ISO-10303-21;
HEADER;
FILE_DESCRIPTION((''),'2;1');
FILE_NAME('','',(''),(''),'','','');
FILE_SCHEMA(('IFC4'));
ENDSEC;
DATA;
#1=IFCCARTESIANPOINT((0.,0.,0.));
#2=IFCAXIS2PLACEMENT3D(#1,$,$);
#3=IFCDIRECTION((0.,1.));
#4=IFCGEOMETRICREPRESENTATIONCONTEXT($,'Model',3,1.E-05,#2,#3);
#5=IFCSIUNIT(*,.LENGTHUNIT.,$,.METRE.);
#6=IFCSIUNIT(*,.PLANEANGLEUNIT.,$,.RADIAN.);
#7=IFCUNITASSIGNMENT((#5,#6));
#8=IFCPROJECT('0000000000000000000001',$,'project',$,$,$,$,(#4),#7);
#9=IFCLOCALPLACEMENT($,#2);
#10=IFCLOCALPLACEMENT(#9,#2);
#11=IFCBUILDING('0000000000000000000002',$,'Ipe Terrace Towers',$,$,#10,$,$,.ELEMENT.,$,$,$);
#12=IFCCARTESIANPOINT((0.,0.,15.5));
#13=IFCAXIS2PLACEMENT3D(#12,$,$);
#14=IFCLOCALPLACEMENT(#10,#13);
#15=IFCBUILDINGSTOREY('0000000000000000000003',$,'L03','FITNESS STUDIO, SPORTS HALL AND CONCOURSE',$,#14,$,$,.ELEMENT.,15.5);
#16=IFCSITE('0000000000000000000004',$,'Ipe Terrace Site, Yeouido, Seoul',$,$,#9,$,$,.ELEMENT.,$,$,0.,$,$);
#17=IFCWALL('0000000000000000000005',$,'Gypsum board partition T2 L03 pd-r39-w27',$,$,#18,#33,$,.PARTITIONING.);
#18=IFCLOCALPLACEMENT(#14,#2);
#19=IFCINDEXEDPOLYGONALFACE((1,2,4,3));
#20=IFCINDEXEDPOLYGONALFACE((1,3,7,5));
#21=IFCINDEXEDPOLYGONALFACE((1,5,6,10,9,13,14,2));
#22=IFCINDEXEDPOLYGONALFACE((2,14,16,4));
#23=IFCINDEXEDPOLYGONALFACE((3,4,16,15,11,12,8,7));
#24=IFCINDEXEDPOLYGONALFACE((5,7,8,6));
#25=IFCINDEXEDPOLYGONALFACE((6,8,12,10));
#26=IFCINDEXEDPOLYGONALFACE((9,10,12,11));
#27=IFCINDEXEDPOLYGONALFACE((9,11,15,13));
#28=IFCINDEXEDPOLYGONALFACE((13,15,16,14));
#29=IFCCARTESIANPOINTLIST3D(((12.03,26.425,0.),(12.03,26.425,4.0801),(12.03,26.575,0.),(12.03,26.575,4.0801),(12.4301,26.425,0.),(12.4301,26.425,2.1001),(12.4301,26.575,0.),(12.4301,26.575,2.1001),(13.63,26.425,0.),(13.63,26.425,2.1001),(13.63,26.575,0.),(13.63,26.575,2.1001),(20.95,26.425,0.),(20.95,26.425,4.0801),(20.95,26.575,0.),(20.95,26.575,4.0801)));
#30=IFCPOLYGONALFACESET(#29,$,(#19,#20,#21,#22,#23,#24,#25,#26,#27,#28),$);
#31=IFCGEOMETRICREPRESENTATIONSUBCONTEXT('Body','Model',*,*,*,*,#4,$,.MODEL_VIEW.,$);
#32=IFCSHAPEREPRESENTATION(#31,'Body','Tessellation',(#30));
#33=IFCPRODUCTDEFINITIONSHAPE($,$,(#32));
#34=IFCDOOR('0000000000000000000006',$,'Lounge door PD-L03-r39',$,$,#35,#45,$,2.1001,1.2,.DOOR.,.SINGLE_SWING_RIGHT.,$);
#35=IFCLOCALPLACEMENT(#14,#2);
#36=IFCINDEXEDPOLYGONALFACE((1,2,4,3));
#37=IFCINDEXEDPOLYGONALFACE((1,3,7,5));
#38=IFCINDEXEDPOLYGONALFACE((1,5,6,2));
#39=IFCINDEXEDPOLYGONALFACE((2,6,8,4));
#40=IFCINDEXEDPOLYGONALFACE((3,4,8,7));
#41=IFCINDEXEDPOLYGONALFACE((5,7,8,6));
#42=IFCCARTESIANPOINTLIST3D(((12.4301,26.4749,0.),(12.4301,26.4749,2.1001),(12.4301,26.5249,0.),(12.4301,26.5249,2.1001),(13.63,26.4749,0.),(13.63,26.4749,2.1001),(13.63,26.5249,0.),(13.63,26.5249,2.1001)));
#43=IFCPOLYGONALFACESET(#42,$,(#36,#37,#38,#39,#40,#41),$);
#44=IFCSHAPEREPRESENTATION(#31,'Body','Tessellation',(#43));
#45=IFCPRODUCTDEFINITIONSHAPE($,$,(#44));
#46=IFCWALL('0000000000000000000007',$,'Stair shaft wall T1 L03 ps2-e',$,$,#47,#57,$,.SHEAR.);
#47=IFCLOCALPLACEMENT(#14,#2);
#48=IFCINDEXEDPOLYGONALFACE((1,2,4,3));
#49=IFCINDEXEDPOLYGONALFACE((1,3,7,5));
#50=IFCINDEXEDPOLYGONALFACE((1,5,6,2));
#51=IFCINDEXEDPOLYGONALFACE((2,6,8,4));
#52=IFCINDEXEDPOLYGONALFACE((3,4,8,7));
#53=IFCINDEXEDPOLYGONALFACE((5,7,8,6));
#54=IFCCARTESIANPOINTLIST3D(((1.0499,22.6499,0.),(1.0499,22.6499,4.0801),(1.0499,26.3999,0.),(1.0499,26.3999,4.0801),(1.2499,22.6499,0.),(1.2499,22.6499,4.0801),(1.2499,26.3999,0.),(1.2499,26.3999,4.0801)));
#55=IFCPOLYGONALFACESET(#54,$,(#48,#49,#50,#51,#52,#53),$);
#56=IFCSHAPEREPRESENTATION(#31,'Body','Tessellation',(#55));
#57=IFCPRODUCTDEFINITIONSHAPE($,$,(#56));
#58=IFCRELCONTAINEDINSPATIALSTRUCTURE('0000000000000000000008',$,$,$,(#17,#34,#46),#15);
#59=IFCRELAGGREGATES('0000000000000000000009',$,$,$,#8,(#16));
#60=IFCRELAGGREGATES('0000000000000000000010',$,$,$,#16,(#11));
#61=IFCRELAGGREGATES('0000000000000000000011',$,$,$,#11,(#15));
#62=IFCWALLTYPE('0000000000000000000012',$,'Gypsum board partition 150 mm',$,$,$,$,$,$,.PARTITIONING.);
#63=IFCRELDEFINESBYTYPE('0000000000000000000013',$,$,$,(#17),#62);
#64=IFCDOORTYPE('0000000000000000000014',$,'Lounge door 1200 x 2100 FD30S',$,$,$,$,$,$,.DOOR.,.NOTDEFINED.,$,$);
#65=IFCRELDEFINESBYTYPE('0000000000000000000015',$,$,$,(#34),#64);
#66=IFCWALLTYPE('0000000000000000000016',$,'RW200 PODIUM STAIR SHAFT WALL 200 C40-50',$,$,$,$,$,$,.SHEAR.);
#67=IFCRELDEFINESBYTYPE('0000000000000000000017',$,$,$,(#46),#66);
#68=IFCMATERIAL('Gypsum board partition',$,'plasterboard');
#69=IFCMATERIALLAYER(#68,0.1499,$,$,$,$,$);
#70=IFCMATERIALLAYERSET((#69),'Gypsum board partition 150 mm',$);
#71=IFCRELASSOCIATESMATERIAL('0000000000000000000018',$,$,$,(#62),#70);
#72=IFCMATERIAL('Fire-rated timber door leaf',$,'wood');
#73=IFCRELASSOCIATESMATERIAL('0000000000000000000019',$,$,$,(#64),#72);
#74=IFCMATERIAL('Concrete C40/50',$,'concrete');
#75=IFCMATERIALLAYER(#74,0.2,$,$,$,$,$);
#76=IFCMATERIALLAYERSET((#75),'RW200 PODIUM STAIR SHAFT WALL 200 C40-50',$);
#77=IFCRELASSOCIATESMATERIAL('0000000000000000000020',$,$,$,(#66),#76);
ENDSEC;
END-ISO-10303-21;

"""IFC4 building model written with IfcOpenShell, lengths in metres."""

from ifc_helpers import new_model, si_unit, direction, frame, frame_2d, origin, place, context, subcontext, project, spatial, rectangle, extrude, material, layer, layer_set, type_object, element, fill, save


model = new_model("IFC4")

# Units and contexts
model_context = context("Model", 3, precision=1e-05, world=origin(), true_north=direction((0.0, 1.0)))
body_context = subcontext(model_context, "Body", "Model", "MODEL_VIEW")
ifc_project = project(units=[si_unit("LENGTHUNIT", "METRE"), si_unit("PLANEANGLEUNIT", "RADIAN")], contexts=[model_context])

# Site, building, storey
site_placement = place(None, origin())
site = spatial("IfcSite", under=ifc_project, at=site_placement, Name="Ipe Terrace Site, Yeouido, Seoul", CompositionType="ELEMENT", RefElevation=0.0)
building_placement = place(site_placement, origin())
building = spatial("IfcBuilding", under=site, at=building_placement, Name="Ipe Terrace Towers", CompositionType="ELEMENT")
storey_placement = place(building_placement, frame((0.0, 0.0, 15.5)))
storey = spatial("IfcBuildingStorey", under=building, at=storey_placement, Name="L03", Description="FITNESS STUDIO, SPORTS HALL AND CONCOURSE", CompositionType="ELEMENT", Elevation=15.5)

# Shared definitions
ifc_material_1 = material(Name="Gypsum board partition", Category="plasterboard")
ifc_layer_1 = layer(ifc_material_1, 0.1499)
ifc_layer_set_1 = layer_set([ifc_layer_1], Name="Gypsum board partition 150 mm")
wall_type_1 = type_object("IfcWallType", Name="Gypsum board partition 150 mm", PredefinedType="PARTITIONING", material=ifc_layer_set_1)

# Shared definitions
ifc_material_2 = material(Name="Fire-rated timber door leaf", Category="wood")
door_type_1 = type_object("IfcDoorType", Name="Lounge door 1200 x 2100 FD30S", OperationType="NOTDEFINED", PredefinedType="DOOR", material=ifc_material_2)

# Wall, opening, door
wall_1_placement = place(storey_placement, frame((12.03, 26.5, 0.0), z_axis=(0.0, 0.0, 1.0), x_axis=(1.0, 0.0, 0.0)))
wall_1 = element("IfcWall", 1, at=wall_1_placement, inside=storey, type_object=wall_type_1, Name="Gypsum board partition T2 L03 pd-r39-w27", PredefinedType="PARTITIONING", context=body_context, shape_type="SweptSolid", body=[
    extrude(rectangle(XDim=8.9199, YDim=0.1499, at=frame_2d((4.46, 0.0))), origin(), (0.0, 0.0, 1.0), 4.0801),
])
opening_1_placement = place(wall_1_placement, frame((0.3999, 0.0, 0.0)))
opening_1 = element("IfcOpeningElement", 2, at=opening_1_placement, cuts=wall_1, PredefinedType="OPENING", context=body_context, shape_type="SweptSolid", body=[
    extrude(rectangle(XDim=1.2, YDim=2.1001, at=frame_2d((0.6001, 1.05))), frame((0.0, 0.085, 0.0), z_axis=(0.0, -1.0, 0.0), x_axis=(1.0, 0.0, 0.0)), (0.0, 0.0, 1.0), 0.1699),
])
door_1_placement = place(opening_1_placement, origin())
door_1 = element("IfcDoor", 3, at=door_1_placement, inside=storey, type_object=door_type_1, Name="Lounge door PD-L03-r39", OperationType="SINGLE_SWING_RIGHT", OverallHeight=2.1001, OverallWidth=1.2, PredefinedType="DOOR", context=body_context, shape_type="SweptSolid", body=[
    extrude(rectangle(XDim=1.2, YDim=2.1001, at=frame_2d((0.6001, 1.05))), frame((0.0, 0.0249, 0.0), z_axis=(0.0, -1.0, 0.0), x_axis=(1.0, 0.0, 0.0)), (0.0, 0.0, 1.0), 0.05),
])
fill(opening_1, door_1)

# Wall
ifc_material_3 = material(Name="Concrete C40/50", Category="concrete")
ifc_layer_2 = layer(ifc_material_3, 0.2)
ifc_layer_set_2 = layer_set([ifc_layer_2], Name="RW200 PODIUM STAIR SHAFT WALL 200 C40-50")
wall_type_2 = type_object("IfcWallType", Name="RW200 PODIUM STAIR SHAFT WALL 200 C40-50", PredefinedType="SHEAR", material=ifc_layer_set_2)
wall_2_placement = place(storey_placement, frame((1.1499, 22.6499, 0.0), z_axis=(0.0, 0.0, 1.0), x_axis=(0.0, 1.0, 0.0)))
element("IfcWall", 4, at=wall_2_placement, inside=storey, type_object=wall_type_2, Name="Stair shaft wall T1 L03 ps2-e", PredefinedType="SHEAR", context=body_context, shape_type="SweptSolid", body=[
    extrude(rectangle(XDim=3.75, YDim=0.2, at=frame_2d((1.875, 0.0))), origin(), (0.0, 0.0, 1.0), 4.0801),
])

save(model, "model.ifc")
